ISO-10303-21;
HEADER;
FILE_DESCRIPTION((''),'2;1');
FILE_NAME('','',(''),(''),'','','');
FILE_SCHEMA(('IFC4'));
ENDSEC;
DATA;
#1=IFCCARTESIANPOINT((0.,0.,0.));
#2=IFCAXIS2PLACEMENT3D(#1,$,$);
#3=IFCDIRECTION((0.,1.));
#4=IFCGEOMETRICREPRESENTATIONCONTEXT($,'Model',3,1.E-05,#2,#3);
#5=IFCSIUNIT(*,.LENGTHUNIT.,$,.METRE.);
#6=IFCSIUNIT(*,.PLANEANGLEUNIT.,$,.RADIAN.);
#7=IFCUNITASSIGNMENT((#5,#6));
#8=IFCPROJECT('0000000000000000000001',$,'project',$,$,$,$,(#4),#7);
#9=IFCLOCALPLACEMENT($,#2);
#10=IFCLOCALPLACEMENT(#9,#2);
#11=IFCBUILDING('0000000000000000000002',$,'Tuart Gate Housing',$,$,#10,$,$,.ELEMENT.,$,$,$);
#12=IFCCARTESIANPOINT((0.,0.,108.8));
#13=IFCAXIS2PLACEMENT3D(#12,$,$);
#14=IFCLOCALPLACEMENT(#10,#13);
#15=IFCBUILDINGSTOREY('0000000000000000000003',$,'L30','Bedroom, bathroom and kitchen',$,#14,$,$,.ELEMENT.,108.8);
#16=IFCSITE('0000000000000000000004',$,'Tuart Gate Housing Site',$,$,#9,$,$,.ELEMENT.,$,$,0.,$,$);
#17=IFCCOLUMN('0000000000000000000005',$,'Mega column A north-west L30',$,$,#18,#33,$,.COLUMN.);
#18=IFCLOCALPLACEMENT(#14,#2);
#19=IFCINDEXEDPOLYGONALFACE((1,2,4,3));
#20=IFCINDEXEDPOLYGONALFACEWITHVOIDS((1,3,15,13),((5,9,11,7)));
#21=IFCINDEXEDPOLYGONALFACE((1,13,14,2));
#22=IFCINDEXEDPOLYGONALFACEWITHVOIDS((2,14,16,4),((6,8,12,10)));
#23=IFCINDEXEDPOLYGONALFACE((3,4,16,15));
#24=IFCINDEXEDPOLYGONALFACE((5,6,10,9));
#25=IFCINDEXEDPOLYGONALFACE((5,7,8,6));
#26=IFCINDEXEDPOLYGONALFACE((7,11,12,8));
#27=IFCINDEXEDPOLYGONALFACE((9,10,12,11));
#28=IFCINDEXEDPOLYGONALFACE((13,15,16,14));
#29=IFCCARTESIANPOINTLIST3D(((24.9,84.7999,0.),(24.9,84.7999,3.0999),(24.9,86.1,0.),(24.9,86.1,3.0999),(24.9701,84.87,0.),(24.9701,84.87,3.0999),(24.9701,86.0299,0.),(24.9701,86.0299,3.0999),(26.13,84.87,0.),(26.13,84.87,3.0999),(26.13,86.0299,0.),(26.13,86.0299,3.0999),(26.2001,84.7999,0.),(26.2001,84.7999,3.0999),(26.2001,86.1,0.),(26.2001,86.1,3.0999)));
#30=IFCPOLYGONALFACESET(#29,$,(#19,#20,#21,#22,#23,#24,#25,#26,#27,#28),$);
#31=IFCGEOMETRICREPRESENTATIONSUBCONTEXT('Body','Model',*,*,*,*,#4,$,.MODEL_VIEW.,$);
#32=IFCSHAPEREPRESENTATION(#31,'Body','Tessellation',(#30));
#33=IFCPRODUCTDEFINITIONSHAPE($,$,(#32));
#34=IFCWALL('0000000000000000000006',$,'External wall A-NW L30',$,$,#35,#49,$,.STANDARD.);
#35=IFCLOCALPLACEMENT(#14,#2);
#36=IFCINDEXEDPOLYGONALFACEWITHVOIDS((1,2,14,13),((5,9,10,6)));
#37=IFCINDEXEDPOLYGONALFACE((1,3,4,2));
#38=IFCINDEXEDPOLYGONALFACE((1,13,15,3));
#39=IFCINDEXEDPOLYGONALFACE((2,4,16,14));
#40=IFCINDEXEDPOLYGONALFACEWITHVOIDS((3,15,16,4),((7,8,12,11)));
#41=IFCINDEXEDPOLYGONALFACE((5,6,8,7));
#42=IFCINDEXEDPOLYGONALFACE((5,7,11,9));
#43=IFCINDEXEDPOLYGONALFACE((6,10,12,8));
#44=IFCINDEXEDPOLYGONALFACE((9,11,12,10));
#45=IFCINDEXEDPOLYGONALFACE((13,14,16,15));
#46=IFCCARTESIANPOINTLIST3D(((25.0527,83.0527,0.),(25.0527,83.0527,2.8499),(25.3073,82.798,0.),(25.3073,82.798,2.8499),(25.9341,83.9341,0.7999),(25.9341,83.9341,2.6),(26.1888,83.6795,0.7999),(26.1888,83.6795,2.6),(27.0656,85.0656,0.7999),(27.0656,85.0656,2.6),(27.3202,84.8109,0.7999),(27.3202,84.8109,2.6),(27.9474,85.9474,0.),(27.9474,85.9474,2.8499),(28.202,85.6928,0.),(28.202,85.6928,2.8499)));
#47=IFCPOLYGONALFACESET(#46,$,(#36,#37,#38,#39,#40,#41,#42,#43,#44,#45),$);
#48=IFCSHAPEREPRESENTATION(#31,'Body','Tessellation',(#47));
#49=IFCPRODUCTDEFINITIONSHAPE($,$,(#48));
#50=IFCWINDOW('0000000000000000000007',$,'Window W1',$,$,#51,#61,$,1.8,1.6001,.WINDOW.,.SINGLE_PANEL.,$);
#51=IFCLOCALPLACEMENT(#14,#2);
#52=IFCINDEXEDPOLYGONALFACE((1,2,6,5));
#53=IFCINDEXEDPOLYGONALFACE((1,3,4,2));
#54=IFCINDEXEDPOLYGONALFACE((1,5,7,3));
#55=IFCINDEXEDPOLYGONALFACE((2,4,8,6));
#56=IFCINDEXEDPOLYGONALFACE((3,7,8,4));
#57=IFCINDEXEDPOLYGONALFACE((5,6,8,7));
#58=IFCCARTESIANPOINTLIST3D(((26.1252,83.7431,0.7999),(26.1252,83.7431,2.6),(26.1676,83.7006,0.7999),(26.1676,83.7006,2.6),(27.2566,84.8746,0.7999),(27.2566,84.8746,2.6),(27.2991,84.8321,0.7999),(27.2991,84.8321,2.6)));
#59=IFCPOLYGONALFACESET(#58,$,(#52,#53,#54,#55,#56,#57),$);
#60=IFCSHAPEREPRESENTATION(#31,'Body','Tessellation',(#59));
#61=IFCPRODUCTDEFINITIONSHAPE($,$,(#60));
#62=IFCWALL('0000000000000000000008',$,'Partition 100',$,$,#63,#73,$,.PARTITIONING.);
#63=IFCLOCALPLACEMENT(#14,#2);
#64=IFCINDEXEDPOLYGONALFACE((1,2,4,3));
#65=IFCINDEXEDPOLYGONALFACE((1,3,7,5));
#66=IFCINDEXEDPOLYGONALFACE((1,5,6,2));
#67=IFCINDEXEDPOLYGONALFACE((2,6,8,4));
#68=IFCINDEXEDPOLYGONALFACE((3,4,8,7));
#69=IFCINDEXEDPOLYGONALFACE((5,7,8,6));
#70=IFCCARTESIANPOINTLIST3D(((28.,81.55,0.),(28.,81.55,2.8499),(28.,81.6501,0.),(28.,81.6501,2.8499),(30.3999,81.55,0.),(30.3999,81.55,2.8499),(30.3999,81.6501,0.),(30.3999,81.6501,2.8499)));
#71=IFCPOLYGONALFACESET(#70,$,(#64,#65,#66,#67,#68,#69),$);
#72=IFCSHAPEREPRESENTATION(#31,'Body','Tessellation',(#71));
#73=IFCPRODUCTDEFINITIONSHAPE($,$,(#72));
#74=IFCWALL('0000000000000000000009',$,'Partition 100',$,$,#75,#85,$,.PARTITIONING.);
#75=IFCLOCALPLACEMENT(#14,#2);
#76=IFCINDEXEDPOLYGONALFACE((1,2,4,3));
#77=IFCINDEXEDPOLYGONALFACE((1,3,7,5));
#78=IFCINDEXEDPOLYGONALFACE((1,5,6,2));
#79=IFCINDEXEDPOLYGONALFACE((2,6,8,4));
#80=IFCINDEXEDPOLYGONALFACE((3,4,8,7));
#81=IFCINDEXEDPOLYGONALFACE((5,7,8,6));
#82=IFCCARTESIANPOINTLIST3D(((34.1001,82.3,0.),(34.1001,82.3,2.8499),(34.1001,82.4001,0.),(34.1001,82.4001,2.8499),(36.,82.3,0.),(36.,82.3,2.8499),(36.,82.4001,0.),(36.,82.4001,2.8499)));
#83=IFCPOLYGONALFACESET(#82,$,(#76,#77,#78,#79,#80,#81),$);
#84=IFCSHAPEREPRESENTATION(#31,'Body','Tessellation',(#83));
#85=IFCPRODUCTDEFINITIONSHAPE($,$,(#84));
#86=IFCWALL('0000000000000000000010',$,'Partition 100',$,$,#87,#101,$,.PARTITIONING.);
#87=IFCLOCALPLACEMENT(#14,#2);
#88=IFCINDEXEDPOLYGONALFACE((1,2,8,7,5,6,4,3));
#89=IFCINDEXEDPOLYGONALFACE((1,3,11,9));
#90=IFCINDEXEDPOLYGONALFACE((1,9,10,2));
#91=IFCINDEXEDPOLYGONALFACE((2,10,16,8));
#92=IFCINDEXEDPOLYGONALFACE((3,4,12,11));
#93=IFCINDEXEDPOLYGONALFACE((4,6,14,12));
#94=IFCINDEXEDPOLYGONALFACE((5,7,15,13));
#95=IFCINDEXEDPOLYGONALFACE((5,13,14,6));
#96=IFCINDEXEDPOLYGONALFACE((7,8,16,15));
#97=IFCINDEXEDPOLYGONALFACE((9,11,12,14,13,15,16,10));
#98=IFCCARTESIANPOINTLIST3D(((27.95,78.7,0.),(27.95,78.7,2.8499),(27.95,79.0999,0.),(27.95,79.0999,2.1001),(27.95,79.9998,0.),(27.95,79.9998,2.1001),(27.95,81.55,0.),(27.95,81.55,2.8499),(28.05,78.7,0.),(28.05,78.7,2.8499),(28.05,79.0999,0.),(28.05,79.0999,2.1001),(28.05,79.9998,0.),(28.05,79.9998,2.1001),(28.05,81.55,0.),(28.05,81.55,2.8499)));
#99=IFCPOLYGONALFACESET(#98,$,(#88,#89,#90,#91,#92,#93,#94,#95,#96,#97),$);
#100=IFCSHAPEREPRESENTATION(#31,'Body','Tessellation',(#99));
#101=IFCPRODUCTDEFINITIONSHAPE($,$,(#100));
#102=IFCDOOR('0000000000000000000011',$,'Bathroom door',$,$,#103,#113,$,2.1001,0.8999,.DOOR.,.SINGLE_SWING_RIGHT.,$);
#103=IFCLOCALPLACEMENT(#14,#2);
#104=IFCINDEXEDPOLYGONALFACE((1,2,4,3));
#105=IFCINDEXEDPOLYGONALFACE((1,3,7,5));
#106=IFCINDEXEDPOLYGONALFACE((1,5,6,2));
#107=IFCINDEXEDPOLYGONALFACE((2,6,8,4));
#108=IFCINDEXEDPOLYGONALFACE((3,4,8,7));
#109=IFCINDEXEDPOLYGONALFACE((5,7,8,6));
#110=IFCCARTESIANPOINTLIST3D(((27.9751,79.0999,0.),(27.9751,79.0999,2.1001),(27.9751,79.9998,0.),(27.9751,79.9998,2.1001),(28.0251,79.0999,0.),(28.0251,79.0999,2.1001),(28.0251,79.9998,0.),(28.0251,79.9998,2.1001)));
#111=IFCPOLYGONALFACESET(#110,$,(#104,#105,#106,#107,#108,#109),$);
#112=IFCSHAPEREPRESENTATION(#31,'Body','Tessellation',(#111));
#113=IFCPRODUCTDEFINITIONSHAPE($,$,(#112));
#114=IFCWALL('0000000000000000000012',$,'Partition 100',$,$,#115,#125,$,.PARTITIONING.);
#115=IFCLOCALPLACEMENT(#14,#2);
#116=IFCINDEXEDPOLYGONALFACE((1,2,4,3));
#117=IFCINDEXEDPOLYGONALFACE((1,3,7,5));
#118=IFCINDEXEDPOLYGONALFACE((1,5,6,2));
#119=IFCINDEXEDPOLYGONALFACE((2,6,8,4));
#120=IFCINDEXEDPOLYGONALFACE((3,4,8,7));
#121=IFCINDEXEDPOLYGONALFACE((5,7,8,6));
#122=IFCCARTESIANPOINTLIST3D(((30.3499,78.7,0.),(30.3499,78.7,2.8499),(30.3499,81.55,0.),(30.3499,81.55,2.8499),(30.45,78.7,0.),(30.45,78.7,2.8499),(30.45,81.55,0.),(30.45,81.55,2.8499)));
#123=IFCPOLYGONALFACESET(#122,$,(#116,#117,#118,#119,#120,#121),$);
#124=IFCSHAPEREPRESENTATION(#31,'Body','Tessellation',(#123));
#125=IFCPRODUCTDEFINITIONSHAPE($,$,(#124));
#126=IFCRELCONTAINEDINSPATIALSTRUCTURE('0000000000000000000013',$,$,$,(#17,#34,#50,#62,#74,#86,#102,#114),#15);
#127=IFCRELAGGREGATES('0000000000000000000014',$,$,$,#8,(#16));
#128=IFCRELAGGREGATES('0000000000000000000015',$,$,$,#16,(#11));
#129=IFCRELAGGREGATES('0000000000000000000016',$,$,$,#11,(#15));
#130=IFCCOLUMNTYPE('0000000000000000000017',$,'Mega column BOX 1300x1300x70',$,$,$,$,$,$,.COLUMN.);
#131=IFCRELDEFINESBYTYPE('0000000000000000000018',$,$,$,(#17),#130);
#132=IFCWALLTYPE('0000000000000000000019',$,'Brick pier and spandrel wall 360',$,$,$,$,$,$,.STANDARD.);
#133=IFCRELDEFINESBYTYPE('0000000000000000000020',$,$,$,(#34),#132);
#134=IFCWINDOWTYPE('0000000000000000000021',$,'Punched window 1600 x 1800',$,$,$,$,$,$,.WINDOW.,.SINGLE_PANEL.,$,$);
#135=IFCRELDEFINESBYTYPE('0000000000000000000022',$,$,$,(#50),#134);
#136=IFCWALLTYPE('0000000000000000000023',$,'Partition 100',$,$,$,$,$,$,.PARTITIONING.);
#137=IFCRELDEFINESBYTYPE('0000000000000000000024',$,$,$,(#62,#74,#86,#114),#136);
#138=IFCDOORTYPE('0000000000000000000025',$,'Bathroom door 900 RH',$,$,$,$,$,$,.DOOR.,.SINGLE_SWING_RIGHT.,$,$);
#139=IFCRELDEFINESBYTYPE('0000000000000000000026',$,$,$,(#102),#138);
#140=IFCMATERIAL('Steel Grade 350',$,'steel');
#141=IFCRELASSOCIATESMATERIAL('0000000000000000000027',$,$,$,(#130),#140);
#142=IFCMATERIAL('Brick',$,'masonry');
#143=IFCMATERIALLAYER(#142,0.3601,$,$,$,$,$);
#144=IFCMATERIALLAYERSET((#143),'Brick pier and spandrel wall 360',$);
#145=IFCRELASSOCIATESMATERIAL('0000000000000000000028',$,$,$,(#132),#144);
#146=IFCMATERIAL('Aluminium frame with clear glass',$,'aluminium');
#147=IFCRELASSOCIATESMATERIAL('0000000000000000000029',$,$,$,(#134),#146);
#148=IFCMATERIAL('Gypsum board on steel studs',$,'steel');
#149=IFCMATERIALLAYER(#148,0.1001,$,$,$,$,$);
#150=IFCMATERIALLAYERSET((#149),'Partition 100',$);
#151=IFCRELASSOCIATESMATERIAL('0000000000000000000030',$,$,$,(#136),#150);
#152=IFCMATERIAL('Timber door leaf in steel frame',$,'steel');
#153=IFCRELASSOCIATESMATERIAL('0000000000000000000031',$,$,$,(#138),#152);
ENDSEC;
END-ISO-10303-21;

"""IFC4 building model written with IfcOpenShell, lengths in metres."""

from ifc_helpers import new_model, si_unit, direction, frame, frame_2d, origin, origin_2d, place, context, subcontext, project, spatial, rectangle, hollow_rectangle, extrude, material, layer, layer_set, material_profile, profile_set, type_object, element, fill, save


model = new_model("IFC4")

# Units and contexts
model_context = context("Model", 3, precision=1e-05, world=origin(), true_north=direction((0.0, 1.0)))
body_context = subcontext(model_context, "Body", "Model", "MODEL_VIEW")
ifc_project = project(units=[si_unit("LENGTHUNIT", "METRE"), si_unit("PLANEANGLEUNIT", "RADIAN")], contexts=[model_context])

# Site, building, storey
site_placement = place(None, origin())
site = spatial("IfcSite", under=ifc_project, at=site_placement, Name="Tuart Gate Housing Site", CompositionType="ELEMENT", RefElevation=0.0)
building_placement = place(site_placement, origin())
building = spatial("IfcBuilding", under=site, at=building_placement, Name="Tuart Gate Housing", CompositionType="ELEMENT")
storey_placement = place(building_placement, frame((0.0, 0.0, 108.8)))
storey = spatial("IfcBuildingStorey", under=building, at=storey_placement, Name="L30", Description="Bedroom, bathroom and kitchen", CompositionType="ELEMENT", Elevation=108.8)

# Column
ifc_material_1 = material(Name="Steel Grade 350", Category="steel")
ifc_material_profile = material_profile(ifc_material_1, hollow_rectangle(XDim=1.3, YDim=1.3, WallThickness=0.0701, at=origin_2d()), Name="BOX 1300x1300x70")
ifc_profile_set = profile_set([ifc_material_profile], Name="Steel Grade 350")
column_type = type_object("IfcColumnType", Name="Mega column BOX 1300x1300x70", PredefinedType="COLUMN", material=ifc_profile_set)
column_placement = place(storey_placement, frame((25.55, 85.45, 0.0), z_axis=(0.0, 0.0, 1.0), x_axis=(1.0, 0.0, 0.0)))
element("IfcColumn", 1, at=column_placement, inside=storey, type_object=column_type, Name="Mega column A north-west L30", PredefinedType="COLUMN", context=body_context, shape_type="SweptSolid", body=[
    extrude(hollow_rectangle(XDim=1.3, YDim=1.3, WallThickness=0.0701, at=origin_2d()), origin(), (0.0, 0.0, 1.0), 3.0999),
])

# Wall, opening, window
ifc_material_2 = material(Name="Brick", Category="masonry")
ifc_layer_1 = layer(ifc_material_2, 0.3601)
ifc_layer_set_1 = layer_set([ifc_layer_1], Name="Brick pier and spandrel wall 360")
wall_type_1 = type_object("IfcWallType", Name="Brick pier and spandrel wall 360", PredefinedType="STANDARD", material=ifc_layer_set_1)
wall_1_placement = place(storey_placement, frame((28.0747, 85.8201, 0.0), z_axis=(0.0, 0.0, 1.0), x_axis=(-0.707107, -0.707107, 0.0)))
wall_1 = element("IfcWall", 2, at=wall_1_placement, inside=storey, type_object=wall_type_1, Name="External wall A-NW L30", PredefinedType="STANDARD", context=body_context, shape_type="SweptSolid", body=[
    extrude(rectangle(XDim=4.0938, YDim=0.3601, at=frame_2d((2.0469, 0.0))), origin(), (0.0, 0.0, 1.0), 2.8499),
])
opening_1_placement = place(wall_1_placement, frame((1.2471, 0.0, 0.8)))
opening_1 = element("IfcOpeningElement", 3, at=opening_1_placement, cuts=wall_1, PredefinedType="OPENING", context=body_context, shape_type="SweptSolid", body=[
    extrude(rectangle(XDim=1.6001, YDim=1.8, at=frame_2d((0.8, 0.8999))), frame((0.0, 0.1899, 0.0), z_axis=(0.0, -1.0, 0.0), x_axis=(1.0, 0.0, 0.0)), (0.0, 0.0, 1.0), 0.3801),
])
ifc_material_3 = material(Name="Aluminium frame with clear glass", Category="aluminium")
window_type_1 = type_object("IfcWindowType", Name="Punched window 1600 x 1800", PartitioningType="SINGLE_PANEL", PredefinedType="WINDOW", material=ifc_material_3)
window_1_placement = place(opening_1_placement, origin())
window_1 = element("IfcWindow", 4, at=window_1_placement, inside=storey, type_object=window_type_1, Name="Window W1", OverallHeight=1.8, OverallWidth=1.6001, PartitioningType="SINGLE_PANEL", PredefinedType="WINDOW", context=body_context, shape_type="SweptSolid", body=[
    extrude(rectangle(XDim=1.6001, YDim=1.8, at=frame_2d((0.8, 0.8999))), frame((0.0, 0.1501, 0.0), z_axis=(0.0, -1.0, 0.0), x_axis=(1.0, 0.0, 0.0)), (0.0, 0.0, 1.0), 0.0601),
])
fill(opening_1, window_1)

# Walls
ifc_material_4 = material(Name="Gypsum board on steel studs", Category="steel")
ifc_layer_2 = layer(ifc_material_4, 0.1001)
ifc_layer_set_2 = layer_set([ifc_layer_2], Name="Partition 100")
wall_type_2 = type_object("IfcWallType", Name="Partition 100", PredefinedType="PARTITIONING", material=ifc_layer_set_2)
wall_2_placement = place(storey_placement, frame((28.0, 81.6001, 0.0), z_axis=(0.0, 0.0, 1.0), x_axis=(1.0, 0.0, 0.0)))
element("IfcWall", 5, at=wall_2_placement, inside=storey, type_object=wall_type_2, Name="Partition 100", PredefinedType="PARTITIONING", context=body_context, shape_type="SweptSolid", body=[
    extrude(rectangle(XDim=2.3999, YDim=0.1001, at=frame_2d((1.2, 0.0))), origin(), (0.0, 0.0, 1.0), 2.8499),
])
wall_3_placement = place(storey_placement, frame((34.1001, 82.3501, 0.0), z_axis=(0.0, 0.0, 1.0), x_axis=(1.0, 0.0, 0.0)))
element("IfcWall", 6, at=wall_3_placement, inside=storey, type_object=wall_type_2, Name="Partition 100", PredefinedType="PARTITIONING", context=body_context, shape_type="SweptSolid", body=[
    extrude(rectangle(XDim=1.8999, YDim=0.1001, at=frame_2d((0.95, 0.0))), origin(), (0.0, 0.0, 1.0), 2.8499),
])

# Wall, opening, door
wall_4_placement = place(storey_placement, frame((28.0, 78.7, 0.0), z_axis=(0.0, 0.0, 1.0), x_axis=(0.0, 1.0, 0.0)))
wall_4 = element("IfcWall", 7, at=wall_4_placement, inside=storey, type_object=wall_type_2, Name="Partition 100", PredefinedType="PARTITIONING", context=body_context, shape_type="SweptSolid", body=[
    extrude(rectangle(XDim=2.8501, YDim=0.1001, at=frame_2d((1.425, 0.0))), origin(), (0.0, 0.0, 1.0), 2.8499),
])
opening_2_placement = place(wall_4_placement, frame((0.3999, 0.0, 0.0)))
opening_2 = element("IfcOpeningElement", 8, at=opening_2_placement, cuts=wall_4, PredefinedType="OPENING", context=body_context, shape_type="SweptSolid", body=[
    extrude(rectangle(XDim=0.8999, YDim=2.1001, at=frame_2d((0.45, 1.05))), frame((0.0, 0.0601, 0.0), z_axis=(0.0, -1.0, 0.0), x_axis=(1.0, 0.0, 0.0)), (0.0, 0.0, 1.0), 0.1201),
])
ifc_material_5 = material(Name="Timber door leaf in steel frame", Category="steel")
door_type = type_object("IfcDoorType", Name="Bathroom door 900 RH", OperationType="SINGLE_SWING_RIGHT", PredefinedType="DOOR", material=ifc_material_5)
door_placement = place(opening_2_placement, frame((0.8999, 0.0, 0.0), z_axis=(0.0, 0.0, 1.0), x_axis=(-1.0, 0.0, 0.0)))
door = element("IfcDoor", 9, at=door_placement, inside=storey, type_object=door_type, Name="Bathroom door", OperationType="SINGLE_SWING_RIGHT", OverallHeight=2.1001, OverallWidth=0.8999, PredefinedType="DOOR", context=body_context, shape_type="SweptSolid", body=[
    extrude(rectangle(XDim=0.8999, YDim=2.1001, at=frame_2d((0.45, 1.05))), frame((0.0, 0.0251, 0.0), z_axis=(0.0, -1.0, 0.0), x_axis=(1.0, 0.0, 0.0)), (0.0, 0.0, 1.0), 0.05),
])
fill(opening_2, door)

# Wall
wall_5_placement = place(storey_placement, frame((30.3999, 78.7, 0.0), z_axis=(0.0, 0.0, 1.0), x_axis=(0.0, 1.0, 0.0)))
element("IfcWall", 10, at=wall_5_placement, inside=storey, type_object=wall_type_2, Name="Partition 100", PredefinedType="PARTITIONING", context=body_context, shape_type="SweptSolid", body=[
    extrude(rectangle(XDim=2.8501, YDim=0.1001, at=frame_2d((1.425, 0.0))), origin(), (0.0, 0.0, 1.0), 2.8499),
])

save(model, "model.ifc")
